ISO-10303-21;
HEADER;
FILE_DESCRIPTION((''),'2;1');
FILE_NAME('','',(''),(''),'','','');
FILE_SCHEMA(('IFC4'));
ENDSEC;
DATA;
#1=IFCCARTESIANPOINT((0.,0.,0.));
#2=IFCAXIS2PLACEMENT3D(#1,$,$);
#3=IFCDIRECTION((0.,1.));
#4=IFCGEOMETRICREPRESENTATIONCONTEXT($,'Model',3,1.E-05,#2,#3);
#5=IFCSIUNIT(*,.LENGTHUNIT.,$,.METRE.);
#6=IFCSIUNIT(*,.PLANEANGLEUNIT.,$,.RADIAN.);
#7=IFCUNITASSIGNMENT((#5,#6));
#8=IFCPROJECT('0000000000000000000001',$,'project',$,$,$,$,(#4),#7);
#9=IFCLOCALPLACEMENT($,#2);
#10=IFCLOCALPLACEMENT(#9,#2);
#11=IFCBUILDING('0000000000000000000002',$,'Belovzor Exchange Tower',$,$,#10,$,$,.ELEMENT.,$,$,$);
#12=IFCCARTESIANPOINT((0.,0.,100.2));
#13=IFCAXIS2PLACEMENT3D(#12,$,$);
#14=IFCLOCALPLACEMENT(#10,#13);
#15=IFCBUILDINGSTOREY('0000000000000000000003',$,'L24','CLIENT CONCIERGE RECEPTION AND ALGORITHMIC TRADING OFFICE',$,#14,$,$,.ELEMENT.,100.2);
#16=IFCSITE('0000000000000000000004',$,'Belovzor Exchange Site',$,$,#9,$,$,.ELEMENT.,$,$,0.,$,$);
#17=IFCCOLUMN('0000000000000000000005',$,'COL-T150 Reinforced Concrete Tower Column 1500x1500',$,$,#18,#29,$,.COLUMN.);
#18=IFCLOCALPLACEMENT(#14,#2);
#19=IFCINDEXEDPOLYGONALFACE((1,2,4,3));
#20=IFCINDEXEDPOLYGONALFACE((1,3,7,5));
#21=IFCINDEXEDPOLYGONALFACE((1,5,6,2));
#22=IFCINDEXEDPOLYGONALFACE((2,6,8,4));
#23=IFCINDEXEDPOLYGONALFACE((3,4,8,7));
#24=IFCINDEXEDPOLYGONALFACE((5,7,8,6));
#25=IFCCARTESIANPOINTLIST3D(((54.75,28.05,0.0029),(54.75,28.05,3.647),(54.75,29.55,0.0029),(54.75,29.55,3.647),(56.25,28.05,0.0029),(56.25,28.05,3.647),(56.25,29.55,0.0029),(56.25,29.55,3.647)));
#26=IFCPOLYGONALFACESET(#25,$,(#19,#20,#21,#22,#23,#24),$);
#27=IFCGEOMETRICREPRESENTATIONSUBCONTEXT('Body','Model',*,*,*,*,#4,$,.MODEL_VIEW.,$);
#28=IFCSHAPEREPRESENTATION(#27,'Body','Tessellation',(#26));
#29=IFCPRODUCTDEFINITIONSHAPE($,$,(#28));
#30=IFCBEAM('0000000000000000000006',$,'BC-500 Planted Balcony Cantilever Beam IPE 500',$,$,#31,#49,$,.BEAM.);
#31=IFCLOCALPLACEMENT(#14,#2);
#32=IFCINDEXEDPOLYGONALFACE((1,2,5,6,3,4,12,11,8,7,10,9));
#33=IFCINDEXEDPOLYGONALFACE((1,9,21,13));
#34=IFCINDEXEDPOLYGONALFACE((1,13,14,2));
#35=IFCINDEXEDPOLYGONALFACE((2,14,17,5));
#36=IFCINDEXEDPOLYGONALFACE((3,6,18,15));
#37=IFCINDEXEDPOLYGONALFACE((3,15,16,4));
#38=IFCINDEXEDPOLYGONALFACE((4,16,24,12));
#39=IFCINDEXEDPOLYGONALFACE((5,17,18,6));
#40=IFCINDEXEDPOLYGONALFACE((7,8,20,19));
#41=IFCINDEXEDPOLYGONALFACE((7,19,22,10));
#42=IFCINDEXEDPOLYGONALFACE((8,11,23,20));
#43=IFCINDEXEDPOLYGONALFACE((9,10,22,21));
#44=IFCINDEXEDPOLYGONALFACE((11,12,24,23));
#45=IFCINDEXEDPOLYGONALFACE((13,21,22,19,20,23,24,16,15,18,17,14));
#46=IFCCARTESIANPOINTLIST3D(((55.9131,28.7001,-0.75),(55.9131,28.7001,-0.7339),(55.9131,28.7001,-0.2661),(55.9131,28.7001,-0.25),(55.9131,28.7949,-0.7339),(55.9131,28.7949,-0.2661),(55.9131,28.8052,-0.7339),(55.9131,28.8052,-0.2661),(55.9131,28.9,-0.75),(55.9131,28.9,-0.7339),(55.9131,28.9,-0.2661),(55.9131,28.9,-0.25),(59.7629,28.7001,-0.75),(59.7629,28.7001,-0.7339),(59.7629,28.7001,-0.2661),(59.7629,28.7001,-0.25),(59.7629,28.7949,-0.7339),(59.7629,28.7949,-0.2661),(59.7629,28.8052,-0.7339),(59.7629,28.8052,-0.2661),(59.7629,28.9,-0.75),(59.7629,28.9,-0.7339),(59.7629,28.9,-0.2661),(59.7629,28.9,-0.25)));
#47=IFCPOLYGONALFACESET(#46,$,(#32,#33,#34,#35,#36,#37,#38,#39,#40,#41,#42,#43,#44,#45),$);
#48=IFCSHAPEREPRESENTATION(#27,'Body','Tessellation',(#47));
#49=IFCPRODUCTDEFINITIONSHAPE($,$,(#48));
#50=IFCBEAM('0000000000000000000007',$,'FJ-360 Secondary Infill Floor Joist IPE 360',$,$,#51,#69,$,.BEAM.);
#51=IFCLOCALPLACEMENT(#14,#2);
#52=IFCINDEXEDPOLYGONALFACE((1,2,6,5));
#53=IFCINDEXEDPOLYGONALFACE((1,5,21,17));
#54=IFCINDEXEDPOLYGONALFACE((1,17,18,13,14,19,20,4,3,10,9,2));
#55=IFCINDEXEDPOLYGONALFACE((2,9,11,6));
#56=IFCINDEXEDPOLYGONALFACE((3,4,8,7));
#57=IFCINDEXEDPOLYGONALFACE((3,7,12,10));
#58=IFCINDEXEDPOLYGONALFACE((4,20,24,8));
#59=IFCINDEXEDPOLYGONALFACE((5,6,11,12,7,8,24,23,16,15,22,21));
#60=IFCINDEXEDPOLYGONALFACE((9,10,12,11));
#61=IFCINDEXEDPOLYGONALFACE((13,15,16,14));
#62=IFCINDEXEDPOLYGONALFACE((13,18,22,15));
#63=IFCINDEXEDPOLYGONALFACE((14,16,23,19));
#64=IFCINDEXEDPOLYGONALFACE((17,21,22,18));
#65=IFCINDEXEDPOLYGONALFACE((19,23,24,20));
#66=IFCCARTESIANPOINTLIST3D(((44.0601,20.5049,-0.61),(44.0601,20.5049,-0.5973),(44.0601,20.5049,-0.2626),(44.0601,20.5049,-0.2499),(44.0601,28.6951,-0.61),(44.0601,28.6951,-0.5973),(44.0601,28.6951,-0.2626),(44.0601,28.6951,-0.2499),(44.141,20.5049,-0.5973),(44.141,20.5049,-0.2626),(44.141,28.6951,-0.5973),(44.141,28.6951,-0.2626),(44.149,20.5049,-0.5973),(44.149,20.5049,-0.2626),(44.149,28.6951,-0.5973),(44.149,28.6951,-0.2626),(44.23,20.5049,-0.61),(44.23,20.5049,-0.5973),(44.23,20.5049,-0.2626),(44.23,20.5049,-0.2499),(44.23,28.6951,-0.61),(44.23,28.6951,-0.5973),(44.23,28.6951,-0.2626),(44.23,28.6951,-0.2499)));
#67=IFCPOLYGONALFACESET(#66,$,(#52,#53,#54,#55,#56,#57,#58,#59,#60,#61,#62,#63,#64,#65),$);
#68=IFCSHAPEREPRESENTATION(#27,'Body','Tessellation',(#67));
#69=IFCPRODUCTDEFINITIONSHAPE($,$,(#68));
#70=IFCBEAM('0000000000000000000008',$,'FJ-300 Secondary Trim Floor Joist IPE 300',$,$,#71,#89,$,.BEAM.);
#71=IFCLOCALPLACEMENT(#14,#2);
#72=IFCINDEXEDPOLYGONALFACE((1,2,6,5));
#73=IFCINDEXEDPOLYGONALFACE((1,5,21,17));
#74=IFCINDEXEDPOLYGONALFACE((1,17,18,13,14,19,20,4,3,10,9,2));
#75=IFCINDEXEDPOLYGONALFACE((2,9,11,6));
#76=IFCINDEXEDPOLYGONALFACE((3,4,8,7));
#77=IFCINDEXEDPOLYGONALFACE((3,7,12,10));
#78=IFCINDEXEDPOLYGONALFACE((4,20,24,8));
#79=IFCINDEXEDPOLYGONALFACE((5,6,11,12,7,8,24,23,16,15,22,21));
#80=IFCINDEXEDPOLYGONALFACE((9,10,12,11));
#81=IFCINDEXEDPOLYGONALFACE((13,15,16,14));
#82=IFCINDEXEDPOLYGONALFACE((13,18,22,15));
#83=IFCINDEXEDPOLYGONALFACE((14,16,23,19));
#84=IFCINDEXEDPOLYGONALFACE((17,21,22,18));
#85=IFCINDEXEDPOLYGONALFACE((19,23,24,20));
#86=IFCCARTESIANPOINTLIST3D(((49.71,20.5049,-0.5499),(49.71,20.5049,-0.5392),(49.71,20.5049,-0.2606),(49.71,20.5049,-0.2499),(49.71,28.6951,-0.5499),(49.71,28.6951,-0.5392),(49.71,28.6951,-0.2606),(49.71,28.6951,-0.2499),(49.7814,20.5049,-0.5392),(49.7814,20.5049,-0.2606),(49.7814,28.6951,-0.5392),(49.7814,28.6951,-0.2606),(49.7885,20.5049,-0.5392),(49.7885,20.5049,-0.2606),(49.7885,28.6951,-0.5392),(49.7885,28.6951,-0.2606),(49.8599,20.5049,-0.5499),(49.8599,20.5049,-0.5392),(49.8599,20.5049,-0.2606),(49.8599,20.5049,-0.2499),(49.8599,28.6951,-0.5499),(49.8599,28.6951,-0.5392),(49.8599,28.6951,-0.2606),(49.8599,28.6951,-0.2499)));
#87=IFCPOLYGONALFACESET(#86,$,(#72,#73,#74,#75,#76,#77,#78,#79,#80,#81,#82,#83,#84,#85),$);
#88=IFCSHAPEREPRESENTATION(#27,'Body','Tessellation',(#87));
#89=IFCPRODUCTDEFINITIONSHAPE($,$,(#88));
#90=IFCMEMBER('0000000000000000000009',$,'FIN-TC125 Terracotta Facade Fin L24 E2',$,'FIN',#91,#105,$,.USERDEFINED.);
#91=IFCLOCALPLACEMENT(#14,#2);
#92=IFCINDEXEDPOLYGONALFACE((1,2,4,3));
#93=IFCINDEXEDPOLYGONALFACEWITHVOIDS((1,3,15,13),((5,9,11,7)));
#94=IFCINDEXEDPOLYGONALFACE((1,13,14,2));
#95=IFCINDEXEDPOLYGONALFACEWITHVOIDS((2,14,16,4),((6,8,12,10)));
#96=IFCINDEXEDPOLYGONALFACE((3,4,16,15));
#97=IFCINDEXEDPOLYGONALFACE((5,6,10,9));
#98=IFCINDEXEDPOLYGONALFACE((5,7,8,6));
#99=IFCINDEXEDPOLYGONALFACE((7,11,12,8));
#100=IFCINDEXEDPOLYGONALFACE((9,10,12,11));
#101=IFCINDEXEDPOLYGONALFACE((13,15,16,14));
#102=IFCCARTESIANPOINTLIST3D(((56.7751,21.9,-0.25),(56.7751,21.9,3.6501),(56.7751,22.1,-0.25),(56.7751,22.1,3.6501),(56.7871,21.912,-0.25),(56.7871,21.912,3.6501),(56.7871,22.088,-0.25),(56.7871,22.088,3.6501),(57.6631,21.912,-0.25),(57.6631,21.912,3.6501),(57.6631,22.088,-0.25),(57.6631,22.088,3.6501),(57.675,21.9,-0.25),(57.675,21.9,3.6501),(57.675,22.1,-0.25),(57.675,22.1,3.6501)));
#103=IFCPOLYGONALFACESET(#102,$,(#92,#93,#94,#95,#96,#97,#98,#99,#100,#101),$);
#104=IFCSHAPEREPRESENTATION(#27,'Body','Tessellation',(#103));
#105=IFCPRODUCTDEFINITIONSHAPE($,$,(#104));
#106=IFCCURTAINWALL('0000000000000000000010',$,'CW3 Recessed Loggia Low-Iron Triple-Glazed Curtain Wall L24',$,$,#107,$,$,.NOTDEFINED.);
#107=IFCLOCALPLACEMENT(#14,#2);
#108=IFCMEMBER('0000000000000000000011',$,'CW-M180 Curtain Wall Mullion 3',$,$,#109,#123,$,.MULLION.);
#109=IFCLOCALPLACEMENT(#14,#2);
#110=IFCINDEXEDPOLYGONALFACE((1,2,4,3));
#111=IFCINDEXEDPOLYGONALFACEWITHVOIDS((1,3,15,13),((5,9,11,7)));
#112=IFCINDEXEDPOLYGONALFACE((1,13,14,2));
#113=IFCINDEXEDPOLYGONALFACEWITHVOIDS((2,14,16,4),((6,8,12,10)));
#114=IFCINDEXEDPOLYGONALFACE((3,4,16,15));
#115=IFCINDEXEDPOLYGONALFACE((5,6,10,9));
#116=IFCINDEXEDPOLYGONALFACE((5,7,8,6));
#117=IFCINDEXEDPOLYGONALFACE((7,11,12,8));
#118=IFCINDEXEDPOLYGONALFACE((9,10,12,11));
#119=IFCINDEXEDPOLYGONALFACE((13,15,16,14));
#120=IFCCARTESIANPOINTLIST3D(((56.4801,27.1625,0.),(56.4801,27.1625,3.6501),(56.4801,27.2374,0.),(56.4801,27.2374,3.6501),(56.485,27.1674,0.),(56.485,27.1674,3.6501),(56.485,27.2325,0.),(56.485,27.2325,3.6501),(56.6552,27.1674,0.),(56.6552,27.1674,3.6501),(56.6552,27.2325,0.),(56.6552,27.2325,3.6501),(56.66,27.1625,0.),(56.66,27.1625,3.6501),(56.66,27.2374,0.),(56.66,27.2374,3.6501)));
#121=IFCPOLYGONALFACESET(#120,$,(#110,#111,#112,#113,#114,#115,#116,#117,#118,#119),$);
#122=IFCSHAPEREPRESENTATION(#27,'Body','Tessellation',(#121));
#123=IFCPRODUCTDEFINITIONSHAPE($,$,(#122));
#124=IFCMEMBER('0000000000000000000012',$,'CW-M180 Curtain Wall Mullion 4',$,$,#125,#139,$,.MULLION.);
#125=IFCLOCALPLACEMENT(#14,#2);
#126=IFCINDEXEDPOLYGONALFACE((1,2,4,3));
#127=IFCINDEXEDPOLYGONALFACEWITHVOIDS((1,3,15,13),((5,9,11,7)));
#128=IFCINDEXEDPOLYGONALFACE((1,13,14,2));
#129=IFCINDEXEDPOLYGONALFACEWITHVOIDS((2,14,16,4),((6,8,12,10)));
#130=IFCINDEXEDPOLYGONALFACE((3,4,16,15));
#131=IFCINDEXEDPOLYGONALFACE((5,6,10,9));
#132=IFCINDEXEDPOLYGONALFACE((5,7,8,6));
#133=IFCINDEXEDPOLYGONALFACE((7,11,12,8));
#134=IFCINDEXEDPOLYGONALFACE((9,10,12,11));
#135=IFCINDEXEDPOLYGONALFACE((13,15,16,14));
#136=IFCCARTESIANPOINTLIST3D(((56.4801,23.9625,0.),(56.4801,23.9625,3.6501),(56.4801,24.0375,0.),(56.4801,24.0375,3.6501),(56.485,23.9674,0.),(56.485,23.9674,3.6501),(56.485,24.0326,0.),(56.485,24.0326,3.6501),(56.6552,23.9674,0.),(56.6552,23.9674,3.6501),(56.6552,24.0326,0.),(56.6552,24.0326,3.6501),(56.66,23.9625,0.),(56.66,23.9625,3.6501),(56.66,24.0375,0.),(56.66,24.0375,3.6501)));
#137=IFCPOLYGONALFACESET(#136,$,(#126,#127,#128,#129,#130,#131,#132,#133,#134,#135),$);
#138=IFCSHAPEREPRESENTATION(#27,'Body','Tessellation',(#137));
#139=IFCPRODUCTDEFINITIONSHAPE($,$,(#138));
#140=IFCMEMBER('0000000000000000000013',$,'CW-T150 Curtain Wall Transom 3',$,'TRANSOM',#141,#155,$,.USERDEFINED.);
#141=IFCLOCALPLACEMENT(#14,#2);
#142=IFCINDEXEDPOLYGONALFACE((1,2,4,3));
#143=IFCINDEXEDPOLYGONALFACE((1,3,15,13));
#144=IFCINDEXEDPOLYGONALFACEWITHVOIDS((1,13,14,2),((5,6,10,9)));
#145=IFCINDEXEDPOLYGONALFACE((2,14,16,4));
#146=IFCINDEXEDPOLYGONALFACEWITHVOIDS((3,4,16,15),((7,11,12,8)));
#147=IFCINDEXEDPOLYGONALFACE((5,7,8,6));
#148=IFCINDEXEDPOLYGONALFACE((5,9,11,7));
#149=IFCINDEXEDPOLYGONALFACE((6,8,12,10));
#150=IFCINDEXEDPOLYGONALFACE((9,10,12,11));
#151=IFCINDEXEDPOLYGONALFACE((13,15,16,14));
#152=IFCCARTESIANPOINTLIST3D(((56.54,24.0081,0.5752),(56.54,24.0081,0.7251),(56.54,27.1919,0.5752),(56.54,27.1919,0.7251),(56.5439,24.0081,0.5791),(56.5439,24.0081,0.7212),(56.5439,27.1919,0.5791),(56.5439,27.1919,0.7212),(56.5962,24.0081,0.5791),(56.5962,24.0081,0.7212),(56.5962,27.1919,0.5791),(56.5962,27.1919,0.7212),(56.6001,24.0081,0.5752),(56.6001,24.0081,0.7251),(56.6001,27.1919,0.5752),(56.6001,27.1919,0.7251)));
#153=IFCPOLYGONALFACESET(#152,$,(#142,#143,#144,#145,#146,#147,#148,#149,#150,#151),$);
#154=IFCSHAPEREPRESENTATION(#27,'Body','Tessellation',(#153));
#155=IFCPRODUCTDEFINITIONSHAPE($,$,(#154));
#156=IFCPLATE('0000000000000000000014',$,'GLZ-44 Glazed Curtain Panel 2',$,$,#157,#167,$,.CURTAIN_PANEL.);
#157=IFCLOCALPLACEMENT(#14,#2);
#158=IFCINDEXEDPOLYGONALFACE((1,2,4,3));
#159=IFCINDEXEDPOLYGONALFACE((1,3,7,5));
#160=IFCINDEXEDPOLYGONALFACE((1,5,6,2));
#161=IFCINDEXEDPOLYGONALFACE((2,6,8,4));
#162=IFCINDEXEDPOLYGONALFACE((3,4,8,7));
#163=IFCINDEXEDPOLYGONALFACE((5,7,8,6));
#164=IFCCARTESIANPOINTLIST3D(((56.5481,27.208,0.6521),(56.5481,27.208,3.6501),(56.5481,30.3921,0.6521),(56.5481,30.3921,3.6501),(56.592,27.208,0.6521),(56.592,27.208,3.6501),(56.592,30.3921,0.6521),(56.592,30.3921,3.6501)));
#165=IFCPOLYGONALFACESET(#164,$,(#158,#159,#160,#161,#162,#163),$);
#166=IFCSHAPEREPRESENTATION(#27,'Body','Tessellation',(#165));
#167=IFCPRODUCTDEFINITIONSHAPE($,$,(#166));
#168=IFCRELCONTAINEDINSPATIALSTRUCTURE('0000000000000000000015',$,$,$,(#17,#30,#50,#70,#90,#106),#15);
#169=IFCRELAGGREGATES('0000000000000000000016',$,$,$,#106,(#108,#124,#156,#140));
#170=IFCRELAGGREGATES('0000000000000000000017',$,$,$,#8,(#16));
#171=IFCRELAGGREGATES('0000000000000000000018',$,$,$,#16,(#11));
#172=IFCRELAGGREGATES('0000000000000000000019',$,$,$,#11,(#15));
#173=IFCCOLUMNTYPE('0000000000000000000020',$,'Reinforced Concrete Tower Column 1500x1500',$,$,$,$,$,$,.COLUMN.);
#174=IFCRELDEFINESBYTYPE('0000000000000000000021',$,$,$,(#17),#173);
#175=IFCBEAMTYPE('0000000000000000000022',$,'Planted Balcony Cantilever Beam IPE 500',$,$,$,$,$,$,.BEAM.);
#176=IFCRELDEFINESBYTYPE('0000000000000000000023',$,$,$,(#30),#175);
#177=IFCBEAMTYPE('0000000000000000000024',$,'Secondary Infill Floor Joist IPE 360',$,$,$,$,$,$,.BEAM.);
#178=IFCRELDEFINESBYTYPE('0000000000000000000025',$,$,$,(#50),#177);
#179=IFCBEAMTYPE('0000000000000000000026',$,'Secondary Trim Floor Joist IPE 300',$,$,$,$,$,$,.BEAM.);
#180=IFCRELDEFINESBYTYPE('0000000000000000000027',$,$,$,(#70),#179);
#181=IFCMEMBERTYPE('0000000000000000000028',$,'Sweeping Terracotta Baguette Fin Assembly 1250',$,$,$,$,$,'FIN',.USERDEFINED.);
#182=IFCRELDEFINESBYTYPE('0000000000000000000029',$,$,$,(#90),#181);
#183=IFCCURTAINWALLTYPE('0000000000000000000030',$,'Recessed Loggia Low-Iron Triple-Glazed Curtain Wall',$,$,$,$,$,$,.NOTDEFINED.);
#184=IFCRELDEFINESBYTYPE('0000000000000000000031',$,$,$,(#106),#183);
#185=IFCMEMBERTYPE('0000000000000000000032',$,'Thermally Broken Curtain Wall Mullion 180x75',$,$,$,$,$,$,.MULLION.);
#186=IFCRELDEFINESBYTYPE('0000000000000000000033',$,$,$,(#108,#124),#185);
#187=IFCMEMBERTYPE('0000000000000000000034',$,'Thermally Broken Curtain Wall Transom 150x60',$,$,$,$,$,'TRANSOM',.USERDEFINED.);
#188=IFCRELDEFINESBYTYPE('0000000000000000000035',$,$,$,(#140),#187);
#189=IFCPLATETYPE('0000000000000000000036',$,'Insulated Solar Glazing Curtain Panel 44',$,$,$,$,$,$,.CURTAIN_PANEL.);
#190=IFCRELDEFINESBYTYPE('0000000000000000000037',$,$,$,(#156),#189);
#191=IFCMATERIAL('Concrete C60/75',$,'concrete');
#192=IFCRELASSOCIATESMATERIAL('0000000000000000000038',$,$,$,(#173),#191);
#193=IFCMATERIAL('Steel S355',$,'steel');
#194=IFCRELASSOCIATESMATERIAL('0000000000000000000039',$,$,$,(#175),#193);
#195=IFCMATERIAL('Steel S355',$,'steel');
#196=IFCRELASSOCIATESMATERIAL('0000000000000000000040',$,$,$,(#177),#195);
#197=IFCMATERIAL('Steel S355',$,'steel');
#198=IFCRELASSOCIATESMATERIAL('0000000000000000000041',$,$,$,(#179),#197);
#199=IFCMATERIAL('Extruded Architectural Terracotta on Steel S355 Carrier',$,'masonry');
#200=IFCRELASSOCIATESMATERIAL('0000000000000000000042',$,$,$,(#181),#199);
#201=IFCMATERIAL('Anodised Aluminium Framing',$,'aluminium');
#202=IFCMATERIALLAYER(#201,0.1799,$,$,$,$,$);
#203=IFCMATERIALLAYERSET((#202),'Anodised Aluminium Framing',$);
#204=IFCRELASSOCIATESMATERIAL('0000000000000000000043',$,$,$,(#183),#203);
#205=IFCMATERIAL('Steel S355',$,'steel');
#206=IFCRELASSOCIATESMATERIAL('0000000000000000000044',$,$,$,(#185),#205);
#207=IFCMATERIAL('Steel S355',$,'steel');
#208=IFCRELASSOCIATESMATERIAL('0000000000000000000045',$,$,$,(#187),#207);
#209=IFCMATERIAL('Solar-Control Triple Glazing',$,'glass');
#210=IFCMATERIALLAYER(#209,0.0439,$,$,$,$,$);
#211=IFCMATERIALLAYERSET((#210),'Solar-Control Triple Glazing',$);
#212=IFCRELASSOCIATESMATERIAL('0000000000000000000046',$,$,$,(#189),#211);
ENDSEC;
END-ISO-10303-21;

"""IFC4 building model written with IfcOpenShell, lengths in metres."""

from ifc_helpers import new_model, si_unit, direction, frame, origin, origin_2d, place, context, subcontext, project, spatial, rectangle, hollow_rectangle, i_section, extrude, material, layer, layer_set, material_profile, profile_set, type_object, element, aggregate, save


model = new_model("IFC4")

# Units and contexts
model_context = context("Model", 3, precision=1e-05, world=origin(), true_north=direction((0.0, 1.0)))
body_context = subcontext(model_context, "Body", "Model", "MODEL_VIEW")
ifc_project = project(units=[si_unit("LENGTHUNIT", "METRE"), si_unit("PLANEANGLEUNIT", "RADIAN")], contexts=[model_context])

# Site, building, storey
site_placement = place(None, origin())
site = spatial("IfcSite", under=ifc_project, at=site_placement, Name="Belovzor Exchange Site", CompositionType="ELEMENT", RefElevation=0.0)
building_placement = place(site_placement, origin())
building = spatial("IfcBuilding", under=site, at=building_placement, Name="Belovzor Exchange Tower", CompositionType="ELEMENT")
storey_placement = place(building_placement, frame((0.0, 0.0, 100.2)))
storey = spatial("IfcBuildingStorey", under=building, at=storey_placement, Name="L24", Description="CLIENT CONCIERGE RECEPTION AND ALGORITHMIC TRADING OFFICE", CompositionType="ELEMENT", Elevation=100.2)

# Column
ifc_material_1 = material(Name="Concrete C60/75", Category="concrete")
ifc_material_profile_1 = material_profile(ifc_material_1, rectangle(XDim=1.5, YDim=1.5, at=origin_2d()))
ifc_profile_set_1 = profile_set([ifc_material_profile_1], Name="Concrete C60/75")
column_type = type_object("IfcColumnType", Name="Reinforced Concrete Tower Column 1500x1500", PredefinedType="COLUMN", material=ifc_profile_set_1)
column_placement = place(storey_placement, frame((55.5, 28.8, 0.0029), z_axis=(0.0, 0.0, 1.0), x_axis=(1.0, 0.0, 0.0)))
element("IfcColumn", 1, at=column_placement, inside=storey, type_object=column_type, Name="COL-T150 Reinforced Concrete Tower Column 1500x1500", PredefinedType="COLUMN", context=body_context, shape_type="SweptSolid", body=[
    extrude(rectangle(XDim=1.5, YDim=1.5, at=origin_2d()), origin(), (0.0, 0.0, 1.0), 3.644),
])

# Beams
ifc_material_2 = material(Name="Steel S355", Category="steel")
ifc_material_profile_2 = material_profile(ifc_material_2, i_section(OverallWidth=0.2, OverallDepth=0.5, WebThickness=0.0103, FlangeThickness=0.0161, at=origin_2d()))
ifc_profile_set_2 = profile_set([ifc_material_profile_2], Name="Steel S355")
beam_type_1 = type_object("IfcBeamType", Name="Planted Balcony Cantilever Beam IPE 500", PredefinedType="BEAM", material=ifc_profile_set_2)
beam_1_placement = place(storey_placement, frame((55.9131, 28.8, -0.5), z_axis=(1.0, 0.0, 0.0), x_axis=(0.0, 1.0, 0.0)))
element("IfcBeam", 2, at=beam_1_placement, inside=storey, type_object=beam_type_1, Name="BC-500 Planted Balcony Cantilever Beam IPE 500", PredefinedType="BEAM", context=body_context, shape_type="SweptSolid", body=[
    extrude(i_section(OverallWidth=0.2, OverallDepth=0.5, WebThickness=0.0103, FlangeThickness=0.0161, at=origin_2d()), origin(), (0.0, 0.0, 1.0), 3.8499),
])
ifc_material_3 = material(Name="Steel S355", Category="steel")
ifc_material_profile_3 = material_profile(ifc_material_3, i_section(OverallWidth=0.1699, OverallDepth=0.3601, WebThickness=0.0081, FlangeThickness=0.0127, at=origin_2d()))
ifc_profile_set_3 = profile_set([ifc_material_profile_3], Name="Steel S355")
beam_type_2 = type_object("IfcBeamType", Name="Secondary Infill Floor Joist IPE 360", PredefinedType="BEAM", material=ifc_profile_set_3)
beam_2_placement = place(storey_placement, frame((44.145, 20.5049, -0.4299), z_axis=(0.0, 1.0, 0.0), x_axis=(-1.0, 0.0, 0.0)))
element("IfcBeam", 3, at=beam_2_placement, inside=storey, type_object=beam_type_2, Name="FJ-360 Secondary Infill Floor Joist IPE 360", PredefinedType="BEAM", context=body_context, shape_type="SweptSolid", body=[
    extrude(i_section(OverallWidth=0.1699, OverallDepth=0.3601, WebThickness=0.0081, FlangeThickness=0.0127, at=origin_2d()), origin(), (0.0, 0.0, 1.0), 8.1902),
])
ifc_material_4 = material(Name="Steel S355", Category="steel")
ifc_material_profile_4 = material_profile(ifc_material_4, i_section(OverallWidth=0.1499, OverallDepth=0.3, WebThickness=0.0071, FlangeThickness=0.0107, at=origin_2d()))
ifc_profile_set_4 = profile_set([ifc_material_profile_4], Name="Steel S355")
beam_type_3 = type_object("IfcBeamType", Name="Secondary Trim Floor Joist IPE 300", PredefinedType="BEAM", material=ifc_profile_set_4)
beam_3_placement = place(storey_placement, frame((49.7849, 20.5049, -0.3999), z_axis=(0.0, 1.0, 0.0), x_axis=(-1.0, 0.0, 0.0)))
element("IfcBeam", 4, at=beam_3_placement, inside=storey, type_object=beam_type_3, Name="FJ-300 Secondary Trim Floor Joist IPE 300", PredefinedType="BEAM", context=body_context, shape_type="SweptSolid", body=[
    extrude(i_section(OverallWidth=0.1499, OverallDepth=0.3, WebThickness=0.0071, FlangeThickness=0.0107, at=origin_2d()), origin(), (0.0, 0.0, 1.0), 8.1902),
])

# Member
ifc_material_5 = material(Name="Extruded Architectural Terracotta on Steel S355 Carrier", Category="masonry")
ifc_material_profile_5 = material_profile(ifc_material_5, hollow_rectangle(XDim=0.2, YDim=0.8999, WallThickness=0.012, at=origin_2d()))
ifc_profile_set_5 = profile_set([ifc_material_profile_5], Name="Extruded Architectural Terracotta on Steel S355 Carrier")
member_type_1 = type_object("IfcMemberType", Name="Sweeping Terracotta Baguette Fin Assembly 1250", ElementType="FIN", PredefinedType="USERDEFINED", material=ifc_profile_set_5)
member_1_placement = place(storey_placement, frame((57.2251, 22.0, -0.25), z_axis=(0.0, 0.0, 1.0), x_axis=(0.0, 1.0, 0.0)))
element("IfcMember", 5, at=member_1_placement, inside=storey, type_object=member_type_1, Name="FIN-TC125 Terracotta Facade Fin L24 E2", ObjectType="FIN", PredefinedType="USERDEFINED", context=body_context, shape_type="SweptSolid", body=[
    extrude(hollow_rectangle(XDim=0.2, YDim=0.8999, WallThickness=0.012, at=origin_2d()), origin(), (0.0, 0.0, 1.0), 3.9001),
])

# Curtain wall, members, plate
ifc_material_6 = material(Name="Anodised Aluminium Framing", Category="aluminium")
ifc_layer_1 = layer(ifc_material_6, 0.1799)
ifc_layer_set_1 = layer_set([ifc_layer_1], Name="Anodised Aluminium Framing")
curtain_wall_type = type_object("IfcCurtainWallType", Name="Recessed Loggia Low-Iron Triple-Glazed Curtain Wall", PredefinedType="NOTDEFINED", material=ifc_layer_set_1)
curtain_wall_placement = place(storey_placement, origin())
curtain_wall = element("IfcCurtainWall", 6, at=curtain_wall_placement, inside=storey, type_object=curtain_wall_type, Name="CW3 Recessed Loggia Low-Iron Triple-Glazed Curtain Wall L24", PredefinedType="NOTDEFINED")
ifc_material_7 = material(Name="Steel S355", Category="steel")
ifc_material_profile_6 = material_profile(ifc_material_7, hollow_rectangle(XDim=0.075, YDim=0.1799, WallThickness=0.0049, at=origin_2d()))
ifc_profile_set_6 = profile_set([ifc_material_profile_6], Name="Steel S355")
member_type_2 = type_object("IfcMemberType", Name="Thermally Broken Curtain Wall Mullion 180x75", PredefinedType="MULLION", material=ifc_profile_set_6)
member_2_placement = place(storey_placement, frame((56.5701, 27.2, 0.0), z_axis=(0.0, 0.0, 1.0), x_axis=(0.0, -1.0, 0.0)))
member_2 = element("IfcMember", 7, at=member_2_placement, type_object=member_type_2, Name="CW-M180 Curtain Wall Mullion 3", PredefinedType="MULLION", context=body_context, shape_type="SweptSolid", body=[
    extrude(hollow_rectangle(XDim=0.075, YDim=0.1799, WallThickness=0.0049, at=origin_2d()), origin(), (0.0, 0.0, 1.0), 3.6501),
])
member_3_placement = place(storey_placement, frame((56.5701, 24.0, 0.0), z_axis=(0.0, 0.0, 1.0), x_axis=(0.0, -1.0, 0.0)))
member_3 = element("IfcMember", 8, at=member_3_placement, type_object=member_type_2, Name="CW-M180 Curtain Wall Mullion 4", PredefinedType="MULLION", context=body_context, shape_type="SweptSolid", body=[
    extrude(hollow_rectangle(XDim=0.075, YDim=0.1799, WallThickness=0.0049, at=origin_2d()), origin(), (0.0, 0.0, 1.0), 3.6501),
])
ifc_material_8 = material(Name="Steel S355", Category="steel")
ifc_material_profile_7 = material_profile(ifc_material_8, hollow_rectangle(XDim=0.0601, YDim=0.1499, WallThickness=0.0039, at=origin_2d()))
ifc_profile_set_7 = profile_set([ifc_material_profile_7], Name="Steel S355")
member_type_3 = type_object("IfcMemberType", Name="Thermally Broken Curtain Wall Transom 150x60", ElementType="TRANSOM", PredefinedType="USERDEFINED", material=ifc_profile_set_7)
member_4_placement = place(storey_placement, frame((56.5701, 27.1919, 0.6501), z_axis=(0.0, -1.0, 0.0), x_axis=(1.0, 0.0, 0.0)))
member_4 = element("IfcMember", 9, at=member_4_placement, type_object=member_type_3, Name="CW-T150 Curtain Wall Transom 3", ObjectType="TRANSOM", PredefinedType="USERDEFINED", context=body_context, shape_type="SweptSolid", body=[
    extrude(hollow_rectangle(XDim=0.0601, YDim=0.1499, WallThickness=0.0039, at=origin_2d()), origin(), (0.0, 0.0, 1.0), 3.1838),
])
ifc_material_9 = material(Name="Solar-Control Triple Glazing", Category="glass")
ifc_layer_2 = layer(ifc_material_9, 0.0439)
ifc_layer_set_2 = layer_set([ifc_layer_2], Name="Solar-Control Triple Glazing")
plate_type_1 = type_object("IfcPlateType", Name="Insulated Solar Glazing Curtain Panel 44", PredefinedType="CURTAIN_PANEL", material=ifc_layer_set_2)
plate_1_placement = place(storey_placement, frame((56.5701, 28.8, 0.6521), z_axis=(0.0, 0.0, 1.0), x_axis=(0.0, -1.0, 0.0)))
plate_1 = element("IfcPlate", 10, at=plate_1_placement, type_object=plate_type_1, Name="GLZ-44 Glazed Curtain Panel 2", PredefinedType="CURTAIN_PANEL", context=body_context, shape_type="SweptSolid", body=[
    extrude(rectangle(XDim=3.1841, YDim=0.0439, at=origin_2d()), origin(), (0.0, 0.0, 1.0), 2.998),
])
aggregate(curtain_wall, [member_2, member_3, plate_1, member_4])

save(model, "model.ifc")
